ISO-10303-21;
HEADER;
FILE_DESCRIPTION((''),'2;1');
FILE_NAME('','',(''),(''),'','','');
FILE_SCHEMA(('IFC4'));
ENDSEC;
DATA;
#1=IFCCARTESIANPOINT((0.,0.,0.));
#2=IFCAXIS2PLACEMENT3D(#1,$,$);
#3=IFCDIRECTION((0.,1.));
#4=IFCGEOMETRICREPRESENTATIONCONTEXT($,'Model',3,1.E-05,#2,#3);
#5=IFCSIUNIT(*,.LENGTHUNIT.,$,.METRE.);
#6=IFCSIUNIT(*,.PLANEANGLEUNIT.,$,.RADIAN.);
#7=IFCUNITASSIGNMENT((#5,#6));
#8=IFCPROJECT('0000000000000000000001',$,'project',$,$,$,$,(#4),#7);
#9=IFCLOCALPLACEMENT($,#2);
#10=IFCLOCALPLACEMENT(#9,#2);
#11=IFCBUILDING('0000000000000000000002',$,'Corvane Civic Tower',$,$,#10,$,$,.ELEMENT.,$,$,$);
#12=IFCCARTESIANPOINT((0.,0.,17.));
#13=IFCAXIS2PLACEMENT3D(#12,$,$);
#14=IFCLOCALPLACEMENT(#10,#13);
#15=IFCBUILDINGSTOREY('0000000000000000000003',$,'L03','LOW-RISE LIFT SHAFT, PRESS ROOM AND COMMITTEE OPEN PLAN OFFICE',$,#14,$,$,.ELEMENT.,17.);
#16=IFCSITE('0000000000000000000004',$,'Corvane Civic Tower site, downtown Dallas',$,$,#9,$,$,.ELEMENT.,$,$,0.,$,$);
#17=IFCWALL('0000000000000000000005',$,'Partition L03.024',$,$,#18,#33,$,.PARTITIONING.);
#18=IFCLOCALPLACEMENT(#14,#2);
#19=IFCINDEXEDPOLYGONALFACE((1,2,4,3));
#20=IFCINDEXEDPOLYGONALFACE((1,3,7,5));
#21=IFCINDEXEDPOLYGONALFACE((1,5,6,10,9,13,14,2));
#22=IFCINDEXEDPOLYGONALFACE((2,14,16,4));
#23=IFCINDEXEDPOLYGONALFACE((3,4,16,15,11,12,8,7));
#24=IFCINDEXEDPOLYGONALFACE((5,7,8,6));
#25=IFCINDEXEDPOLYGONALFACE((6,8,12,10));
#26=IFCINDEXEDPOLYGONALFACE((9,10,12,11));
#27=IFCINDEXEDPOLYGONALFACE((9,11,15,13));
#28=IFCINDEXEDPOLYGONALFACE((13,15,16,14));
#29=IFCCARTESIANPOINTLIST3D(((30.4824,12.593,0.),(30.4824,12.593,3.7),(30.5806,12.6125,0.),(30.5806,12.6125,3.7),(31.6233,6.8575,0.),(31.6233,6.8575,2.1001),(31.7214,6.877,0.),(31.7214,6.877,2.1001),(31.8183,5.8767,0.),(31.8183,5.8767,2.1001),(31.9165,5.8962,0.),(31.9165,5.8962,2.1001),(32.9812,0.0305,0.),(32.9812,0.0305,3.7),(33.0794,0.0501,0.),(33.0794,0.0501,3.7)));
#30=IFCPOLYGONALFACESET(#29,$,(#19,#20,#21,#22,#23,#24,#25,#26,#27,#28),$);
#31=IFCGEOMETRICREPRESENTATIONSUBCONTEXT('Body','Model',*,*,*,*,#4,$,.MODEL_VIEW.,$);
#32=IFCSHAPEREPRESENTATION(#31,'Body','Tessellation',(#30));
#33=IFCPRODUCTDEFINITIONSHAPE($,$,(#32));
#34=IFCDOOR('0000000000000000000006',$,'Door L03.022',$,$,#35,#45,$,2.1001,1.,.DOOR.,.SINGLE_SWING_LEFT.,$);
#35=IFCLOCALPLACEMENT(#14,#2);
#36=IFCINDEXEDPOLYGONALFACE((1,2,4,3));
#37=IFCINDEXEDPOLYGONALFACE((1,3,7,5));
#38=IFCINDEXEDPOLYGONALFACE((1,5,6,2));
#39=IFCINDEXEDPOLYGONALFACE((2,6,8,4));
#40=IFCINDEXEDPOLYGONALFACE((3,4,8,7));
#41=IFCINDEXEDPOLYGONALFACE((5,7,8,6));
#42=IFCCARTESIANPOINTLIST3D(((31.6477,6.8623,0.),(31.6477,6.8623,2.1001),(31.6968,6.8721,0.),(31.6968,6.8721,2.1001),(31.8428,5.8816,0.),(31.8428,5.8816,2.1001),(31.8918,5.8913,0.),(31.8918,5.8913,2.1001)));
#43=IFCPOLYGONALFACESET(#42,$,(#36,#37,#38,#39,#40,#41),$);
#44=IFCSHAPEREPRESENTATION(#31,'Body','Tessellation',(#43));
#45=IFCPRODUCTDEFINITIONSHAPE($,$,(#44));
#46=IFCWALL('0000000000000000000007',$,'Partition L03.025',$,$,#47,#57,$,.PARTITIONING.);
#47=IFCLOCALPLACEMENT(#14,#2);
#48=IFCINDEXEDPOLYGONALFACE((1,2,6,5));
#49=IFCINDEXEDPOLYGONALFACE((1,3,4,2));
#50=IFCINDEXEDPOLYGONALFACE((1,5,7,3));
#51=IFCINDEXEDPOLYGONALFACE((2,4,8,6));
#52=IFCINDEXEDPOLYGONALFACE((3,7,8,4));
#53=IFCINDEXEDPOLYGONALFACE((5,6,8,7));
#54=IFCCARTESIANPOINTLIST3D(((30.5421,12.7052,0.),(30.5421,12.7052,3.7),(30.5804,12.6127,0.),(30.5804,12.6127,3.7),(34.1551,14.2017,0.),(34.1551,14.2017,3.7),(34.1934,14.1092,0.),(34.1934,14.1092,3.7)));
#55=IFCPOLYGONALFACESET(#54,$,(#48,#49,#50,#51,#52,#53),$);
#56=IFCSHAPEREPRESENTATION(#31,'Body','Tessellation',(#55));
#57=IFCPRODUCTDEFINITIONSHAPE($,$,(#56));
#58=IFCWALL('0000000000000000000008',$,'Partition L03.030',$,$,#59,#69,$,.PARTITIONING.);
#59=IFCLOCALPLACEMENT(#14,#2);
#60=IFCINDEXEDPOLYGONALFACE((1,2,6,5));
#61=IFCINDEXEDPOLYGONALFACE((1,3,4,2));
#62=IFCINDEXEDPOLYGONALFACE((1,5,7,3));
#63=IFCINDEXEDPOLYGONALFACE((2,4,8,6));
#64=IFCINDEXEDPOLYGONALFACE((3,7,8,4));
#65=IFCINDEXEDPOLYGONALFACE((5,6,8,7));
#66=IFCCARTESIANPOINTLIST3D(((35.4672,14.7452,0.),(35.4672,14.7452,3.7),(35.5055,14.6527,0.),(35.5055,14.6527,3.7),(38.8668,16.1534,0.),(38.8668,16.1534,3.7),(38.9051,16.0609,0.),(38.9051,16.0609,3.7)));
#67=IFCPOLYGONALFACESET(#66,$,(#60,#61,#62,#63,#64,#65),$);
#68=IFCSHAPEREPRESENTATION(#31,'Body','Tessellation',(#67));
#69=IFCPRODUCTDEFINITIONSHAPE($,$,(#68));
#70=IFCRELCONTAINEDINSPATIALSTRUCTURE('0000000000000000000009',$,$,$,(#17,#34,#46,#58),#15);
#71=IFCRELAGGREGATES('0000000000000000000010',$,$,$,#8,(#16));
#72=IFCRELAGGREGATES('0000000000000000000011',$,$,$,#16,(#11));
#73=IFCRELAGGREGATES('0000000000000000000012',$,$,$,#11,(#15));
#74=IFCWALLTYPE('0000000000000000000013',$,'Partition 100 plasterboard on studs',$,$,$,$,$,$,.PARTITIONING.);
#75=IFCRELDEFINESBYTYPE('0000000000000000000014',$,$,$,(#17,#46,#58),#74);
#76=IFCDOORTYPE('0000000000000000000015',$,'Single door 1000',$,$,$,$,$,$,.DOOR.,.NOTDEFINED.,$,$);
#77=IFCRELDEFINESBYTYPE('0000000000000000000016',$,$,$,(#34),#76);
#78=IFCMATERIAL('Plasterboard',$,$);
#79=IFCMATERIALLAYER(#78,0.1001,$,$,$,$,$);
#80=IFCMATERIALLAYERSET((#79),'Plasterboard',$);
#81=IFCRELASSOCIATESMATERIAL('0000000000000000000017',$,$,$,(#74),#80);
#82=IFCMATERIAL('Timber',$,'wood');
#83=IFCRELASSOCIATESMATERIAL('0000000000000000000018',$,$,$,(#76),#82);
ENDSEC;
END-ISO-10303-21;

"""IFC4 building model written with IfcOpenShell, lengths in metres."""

from ifc_helpers import new_model, si_unit, direction, frame, frame_2d, origin, place, context, subcontext, project, spatial, rectangle, extrude, material, layer, layer_set, type_object, element, fill, save


model = new_model("IFC4")

# Units and contexts
model_context = context("Model", 3, precision=1e-05, world=origin(), true_north=direction((0.0, 1.0)))
body_context = subcontext(model_context, "Body", "Model", "MODEL_VIEW")
ifc_project = project(units=[si_unit("LENGTHUNIT", "METRE"), si_unit("PLANEANGLEUNIT", "RADIAN")], contexts=[model_context])

# Site, building, storey
site_placement = place(None, origin())
site = spatial("IfcSite", under=ifc_project, at=site_placement, Name="Corvane Civic Tower site, downtown Dallas", CompositionType="ELEMENT", RefElevation=0.0)
building_placement = place(site_placement, origin())
building = spatial("IfcBuilding", under=site, at=building_placement, Name="Corvane Civic Tower", CompositionType="ELEMENT")
storey_placement = place(building_placement, frame((0.0, 0.0, 17.0)))
storey = spatial("IfcBuildingStorey", under=building, at=storey_placement, Name="L03", Description="LOW-RISE LIFT SHAFT, PRESS ROOM AND COMMITTEE OPEN PLAN OFFICE", CompositionType="ELEMENT", Elevation=17.0)

# Shared definitions
ifc_material_1 = material(Name="Plasterboard")
ifc_layer_1 = layer(ifc_material_1, 0.1001)
ifc_layer_set_1 = layer_set([ifc_layer_1], Name="Plasterboard")
wall_type_1 = type_object("IfcWallType", Name="Partition 100 plasterboard on studs", PredefinedType="PARTITIONING", material=ifc_layer_set_1)

# Wall, opening, door
wall_1_placement = place(storey_placement, frame((30.5315, 12.6028, 0.0), z_axis=(0.0, 0.0, 1.0), x_axis=(0.195086, -0.980786, 0.0)))
wall_1 = element("IfcWall", 1, at=wall_1_placement, inside=storey, type_object=wall_type_1, Name="Partition L03.024", PredefinedType="PARTITIONING", context=body_context, shape_type="SweptSolid", body=[
    extrude(rectangle(XDim=12.8086, YDim=0.1001, at=frame_2d((6.4043, 0.0))), origin(), (0.0, 0.0, 1.0), 3.7),
])
opening_1_placement = place(wall_1_placement, frame((5.8479, 0.0, 0.0)))
opening_1 = element("IfcOpeningElement", 2, at=opening_1_placement, cuts=wall_1, PredefinedType="OPENING", context=body_context, shape_type="SweptSolid", body=[
    extrude(rectangle(XDim=1.0, YDim=2.1001, at=frame_2d((0.5, 1.05))), frame((0.0, 0.0601, 0.0), z_axis=(0.0, -1.0, 0.0), x_axis=(1.0, 0.0, 0.0)), (0.0, 0.0, 1.0), 0.1201),
])
ifc_material_2 = material(Name="Timber", Category="wood")
door_type_1 = type_object("IfcDoorType", Name="Single door 1000", OperationType="NOTDEFINED", PredefinedType="DOOR", material=ifc_material_2)
door_1_placement = place(opening_1_placement, origin())
door_1 = element("IfcDoor", 3, at=door_1_placement, inside=storey, type_object=door_type_1, Name="Door L03.022", OperationType="SINGLE_SWING_LEFT", OverallHeight=2.1001, OverallWidth=1.0, PredefinedType="DOOR", context=body_context, shape_type="SweptSolid", body=[
    extrude(rectangle(XDim=1.0, YDim=2.1001, at=frame_2d((0.5, 1.05))), frame((0.0, 0.0249, 0.0), z_axis=(0.0, -1.0, 0.0), x_axis=(1.0, 0.0, 0.0)), (0.0, 0.0, 1.0), 0.05),
])
fill(opening_1, door_1)

# Walls
wall_2_placement = place(storey_placement, frame((30.5613, 12.6589, 0.0), z_axis=(0.0, 0.0, 1.0), x_axis=(0.923878, 0.382686, 0.0)))
element("IfcWall", 4, at=wall_2_placement, inside=storey, type_object=wall_type_1, Name="Partition L03.025", PredefinedType="PARTITIONING", context=body_context, shape_type="SweptSolid", body=[
    extrude(rectangle(XDim=3.9106, YDim=0.1001, at=frame_2d((1.9553, 0.0))), origin(), (0.0, 0.0, 1.0), 3.7),
])
wall_3_placement = place(storey_placement, frame((35.4863, 14.699, 0.0), z_axis=(0.0, 0.0, 1.0), x_axis=(0.923878, 0.382688, 0.0)))
element("IfcWall", 5, at=wall_3_placement, inside=storey, type_object=wall_type_1, Name="Partition L03.030", PredefinedType="PARTITIONING", context=body_context, shape_type="SweptSolid", body=[
    extrude(rectangle(XDim=3.6797, YDim=0.1001, at=frame_2d((1.8398, 0.0))), origin(), (0.0, 0.0, 1.0), 3.7),
])

save(model, "model.ifc")
